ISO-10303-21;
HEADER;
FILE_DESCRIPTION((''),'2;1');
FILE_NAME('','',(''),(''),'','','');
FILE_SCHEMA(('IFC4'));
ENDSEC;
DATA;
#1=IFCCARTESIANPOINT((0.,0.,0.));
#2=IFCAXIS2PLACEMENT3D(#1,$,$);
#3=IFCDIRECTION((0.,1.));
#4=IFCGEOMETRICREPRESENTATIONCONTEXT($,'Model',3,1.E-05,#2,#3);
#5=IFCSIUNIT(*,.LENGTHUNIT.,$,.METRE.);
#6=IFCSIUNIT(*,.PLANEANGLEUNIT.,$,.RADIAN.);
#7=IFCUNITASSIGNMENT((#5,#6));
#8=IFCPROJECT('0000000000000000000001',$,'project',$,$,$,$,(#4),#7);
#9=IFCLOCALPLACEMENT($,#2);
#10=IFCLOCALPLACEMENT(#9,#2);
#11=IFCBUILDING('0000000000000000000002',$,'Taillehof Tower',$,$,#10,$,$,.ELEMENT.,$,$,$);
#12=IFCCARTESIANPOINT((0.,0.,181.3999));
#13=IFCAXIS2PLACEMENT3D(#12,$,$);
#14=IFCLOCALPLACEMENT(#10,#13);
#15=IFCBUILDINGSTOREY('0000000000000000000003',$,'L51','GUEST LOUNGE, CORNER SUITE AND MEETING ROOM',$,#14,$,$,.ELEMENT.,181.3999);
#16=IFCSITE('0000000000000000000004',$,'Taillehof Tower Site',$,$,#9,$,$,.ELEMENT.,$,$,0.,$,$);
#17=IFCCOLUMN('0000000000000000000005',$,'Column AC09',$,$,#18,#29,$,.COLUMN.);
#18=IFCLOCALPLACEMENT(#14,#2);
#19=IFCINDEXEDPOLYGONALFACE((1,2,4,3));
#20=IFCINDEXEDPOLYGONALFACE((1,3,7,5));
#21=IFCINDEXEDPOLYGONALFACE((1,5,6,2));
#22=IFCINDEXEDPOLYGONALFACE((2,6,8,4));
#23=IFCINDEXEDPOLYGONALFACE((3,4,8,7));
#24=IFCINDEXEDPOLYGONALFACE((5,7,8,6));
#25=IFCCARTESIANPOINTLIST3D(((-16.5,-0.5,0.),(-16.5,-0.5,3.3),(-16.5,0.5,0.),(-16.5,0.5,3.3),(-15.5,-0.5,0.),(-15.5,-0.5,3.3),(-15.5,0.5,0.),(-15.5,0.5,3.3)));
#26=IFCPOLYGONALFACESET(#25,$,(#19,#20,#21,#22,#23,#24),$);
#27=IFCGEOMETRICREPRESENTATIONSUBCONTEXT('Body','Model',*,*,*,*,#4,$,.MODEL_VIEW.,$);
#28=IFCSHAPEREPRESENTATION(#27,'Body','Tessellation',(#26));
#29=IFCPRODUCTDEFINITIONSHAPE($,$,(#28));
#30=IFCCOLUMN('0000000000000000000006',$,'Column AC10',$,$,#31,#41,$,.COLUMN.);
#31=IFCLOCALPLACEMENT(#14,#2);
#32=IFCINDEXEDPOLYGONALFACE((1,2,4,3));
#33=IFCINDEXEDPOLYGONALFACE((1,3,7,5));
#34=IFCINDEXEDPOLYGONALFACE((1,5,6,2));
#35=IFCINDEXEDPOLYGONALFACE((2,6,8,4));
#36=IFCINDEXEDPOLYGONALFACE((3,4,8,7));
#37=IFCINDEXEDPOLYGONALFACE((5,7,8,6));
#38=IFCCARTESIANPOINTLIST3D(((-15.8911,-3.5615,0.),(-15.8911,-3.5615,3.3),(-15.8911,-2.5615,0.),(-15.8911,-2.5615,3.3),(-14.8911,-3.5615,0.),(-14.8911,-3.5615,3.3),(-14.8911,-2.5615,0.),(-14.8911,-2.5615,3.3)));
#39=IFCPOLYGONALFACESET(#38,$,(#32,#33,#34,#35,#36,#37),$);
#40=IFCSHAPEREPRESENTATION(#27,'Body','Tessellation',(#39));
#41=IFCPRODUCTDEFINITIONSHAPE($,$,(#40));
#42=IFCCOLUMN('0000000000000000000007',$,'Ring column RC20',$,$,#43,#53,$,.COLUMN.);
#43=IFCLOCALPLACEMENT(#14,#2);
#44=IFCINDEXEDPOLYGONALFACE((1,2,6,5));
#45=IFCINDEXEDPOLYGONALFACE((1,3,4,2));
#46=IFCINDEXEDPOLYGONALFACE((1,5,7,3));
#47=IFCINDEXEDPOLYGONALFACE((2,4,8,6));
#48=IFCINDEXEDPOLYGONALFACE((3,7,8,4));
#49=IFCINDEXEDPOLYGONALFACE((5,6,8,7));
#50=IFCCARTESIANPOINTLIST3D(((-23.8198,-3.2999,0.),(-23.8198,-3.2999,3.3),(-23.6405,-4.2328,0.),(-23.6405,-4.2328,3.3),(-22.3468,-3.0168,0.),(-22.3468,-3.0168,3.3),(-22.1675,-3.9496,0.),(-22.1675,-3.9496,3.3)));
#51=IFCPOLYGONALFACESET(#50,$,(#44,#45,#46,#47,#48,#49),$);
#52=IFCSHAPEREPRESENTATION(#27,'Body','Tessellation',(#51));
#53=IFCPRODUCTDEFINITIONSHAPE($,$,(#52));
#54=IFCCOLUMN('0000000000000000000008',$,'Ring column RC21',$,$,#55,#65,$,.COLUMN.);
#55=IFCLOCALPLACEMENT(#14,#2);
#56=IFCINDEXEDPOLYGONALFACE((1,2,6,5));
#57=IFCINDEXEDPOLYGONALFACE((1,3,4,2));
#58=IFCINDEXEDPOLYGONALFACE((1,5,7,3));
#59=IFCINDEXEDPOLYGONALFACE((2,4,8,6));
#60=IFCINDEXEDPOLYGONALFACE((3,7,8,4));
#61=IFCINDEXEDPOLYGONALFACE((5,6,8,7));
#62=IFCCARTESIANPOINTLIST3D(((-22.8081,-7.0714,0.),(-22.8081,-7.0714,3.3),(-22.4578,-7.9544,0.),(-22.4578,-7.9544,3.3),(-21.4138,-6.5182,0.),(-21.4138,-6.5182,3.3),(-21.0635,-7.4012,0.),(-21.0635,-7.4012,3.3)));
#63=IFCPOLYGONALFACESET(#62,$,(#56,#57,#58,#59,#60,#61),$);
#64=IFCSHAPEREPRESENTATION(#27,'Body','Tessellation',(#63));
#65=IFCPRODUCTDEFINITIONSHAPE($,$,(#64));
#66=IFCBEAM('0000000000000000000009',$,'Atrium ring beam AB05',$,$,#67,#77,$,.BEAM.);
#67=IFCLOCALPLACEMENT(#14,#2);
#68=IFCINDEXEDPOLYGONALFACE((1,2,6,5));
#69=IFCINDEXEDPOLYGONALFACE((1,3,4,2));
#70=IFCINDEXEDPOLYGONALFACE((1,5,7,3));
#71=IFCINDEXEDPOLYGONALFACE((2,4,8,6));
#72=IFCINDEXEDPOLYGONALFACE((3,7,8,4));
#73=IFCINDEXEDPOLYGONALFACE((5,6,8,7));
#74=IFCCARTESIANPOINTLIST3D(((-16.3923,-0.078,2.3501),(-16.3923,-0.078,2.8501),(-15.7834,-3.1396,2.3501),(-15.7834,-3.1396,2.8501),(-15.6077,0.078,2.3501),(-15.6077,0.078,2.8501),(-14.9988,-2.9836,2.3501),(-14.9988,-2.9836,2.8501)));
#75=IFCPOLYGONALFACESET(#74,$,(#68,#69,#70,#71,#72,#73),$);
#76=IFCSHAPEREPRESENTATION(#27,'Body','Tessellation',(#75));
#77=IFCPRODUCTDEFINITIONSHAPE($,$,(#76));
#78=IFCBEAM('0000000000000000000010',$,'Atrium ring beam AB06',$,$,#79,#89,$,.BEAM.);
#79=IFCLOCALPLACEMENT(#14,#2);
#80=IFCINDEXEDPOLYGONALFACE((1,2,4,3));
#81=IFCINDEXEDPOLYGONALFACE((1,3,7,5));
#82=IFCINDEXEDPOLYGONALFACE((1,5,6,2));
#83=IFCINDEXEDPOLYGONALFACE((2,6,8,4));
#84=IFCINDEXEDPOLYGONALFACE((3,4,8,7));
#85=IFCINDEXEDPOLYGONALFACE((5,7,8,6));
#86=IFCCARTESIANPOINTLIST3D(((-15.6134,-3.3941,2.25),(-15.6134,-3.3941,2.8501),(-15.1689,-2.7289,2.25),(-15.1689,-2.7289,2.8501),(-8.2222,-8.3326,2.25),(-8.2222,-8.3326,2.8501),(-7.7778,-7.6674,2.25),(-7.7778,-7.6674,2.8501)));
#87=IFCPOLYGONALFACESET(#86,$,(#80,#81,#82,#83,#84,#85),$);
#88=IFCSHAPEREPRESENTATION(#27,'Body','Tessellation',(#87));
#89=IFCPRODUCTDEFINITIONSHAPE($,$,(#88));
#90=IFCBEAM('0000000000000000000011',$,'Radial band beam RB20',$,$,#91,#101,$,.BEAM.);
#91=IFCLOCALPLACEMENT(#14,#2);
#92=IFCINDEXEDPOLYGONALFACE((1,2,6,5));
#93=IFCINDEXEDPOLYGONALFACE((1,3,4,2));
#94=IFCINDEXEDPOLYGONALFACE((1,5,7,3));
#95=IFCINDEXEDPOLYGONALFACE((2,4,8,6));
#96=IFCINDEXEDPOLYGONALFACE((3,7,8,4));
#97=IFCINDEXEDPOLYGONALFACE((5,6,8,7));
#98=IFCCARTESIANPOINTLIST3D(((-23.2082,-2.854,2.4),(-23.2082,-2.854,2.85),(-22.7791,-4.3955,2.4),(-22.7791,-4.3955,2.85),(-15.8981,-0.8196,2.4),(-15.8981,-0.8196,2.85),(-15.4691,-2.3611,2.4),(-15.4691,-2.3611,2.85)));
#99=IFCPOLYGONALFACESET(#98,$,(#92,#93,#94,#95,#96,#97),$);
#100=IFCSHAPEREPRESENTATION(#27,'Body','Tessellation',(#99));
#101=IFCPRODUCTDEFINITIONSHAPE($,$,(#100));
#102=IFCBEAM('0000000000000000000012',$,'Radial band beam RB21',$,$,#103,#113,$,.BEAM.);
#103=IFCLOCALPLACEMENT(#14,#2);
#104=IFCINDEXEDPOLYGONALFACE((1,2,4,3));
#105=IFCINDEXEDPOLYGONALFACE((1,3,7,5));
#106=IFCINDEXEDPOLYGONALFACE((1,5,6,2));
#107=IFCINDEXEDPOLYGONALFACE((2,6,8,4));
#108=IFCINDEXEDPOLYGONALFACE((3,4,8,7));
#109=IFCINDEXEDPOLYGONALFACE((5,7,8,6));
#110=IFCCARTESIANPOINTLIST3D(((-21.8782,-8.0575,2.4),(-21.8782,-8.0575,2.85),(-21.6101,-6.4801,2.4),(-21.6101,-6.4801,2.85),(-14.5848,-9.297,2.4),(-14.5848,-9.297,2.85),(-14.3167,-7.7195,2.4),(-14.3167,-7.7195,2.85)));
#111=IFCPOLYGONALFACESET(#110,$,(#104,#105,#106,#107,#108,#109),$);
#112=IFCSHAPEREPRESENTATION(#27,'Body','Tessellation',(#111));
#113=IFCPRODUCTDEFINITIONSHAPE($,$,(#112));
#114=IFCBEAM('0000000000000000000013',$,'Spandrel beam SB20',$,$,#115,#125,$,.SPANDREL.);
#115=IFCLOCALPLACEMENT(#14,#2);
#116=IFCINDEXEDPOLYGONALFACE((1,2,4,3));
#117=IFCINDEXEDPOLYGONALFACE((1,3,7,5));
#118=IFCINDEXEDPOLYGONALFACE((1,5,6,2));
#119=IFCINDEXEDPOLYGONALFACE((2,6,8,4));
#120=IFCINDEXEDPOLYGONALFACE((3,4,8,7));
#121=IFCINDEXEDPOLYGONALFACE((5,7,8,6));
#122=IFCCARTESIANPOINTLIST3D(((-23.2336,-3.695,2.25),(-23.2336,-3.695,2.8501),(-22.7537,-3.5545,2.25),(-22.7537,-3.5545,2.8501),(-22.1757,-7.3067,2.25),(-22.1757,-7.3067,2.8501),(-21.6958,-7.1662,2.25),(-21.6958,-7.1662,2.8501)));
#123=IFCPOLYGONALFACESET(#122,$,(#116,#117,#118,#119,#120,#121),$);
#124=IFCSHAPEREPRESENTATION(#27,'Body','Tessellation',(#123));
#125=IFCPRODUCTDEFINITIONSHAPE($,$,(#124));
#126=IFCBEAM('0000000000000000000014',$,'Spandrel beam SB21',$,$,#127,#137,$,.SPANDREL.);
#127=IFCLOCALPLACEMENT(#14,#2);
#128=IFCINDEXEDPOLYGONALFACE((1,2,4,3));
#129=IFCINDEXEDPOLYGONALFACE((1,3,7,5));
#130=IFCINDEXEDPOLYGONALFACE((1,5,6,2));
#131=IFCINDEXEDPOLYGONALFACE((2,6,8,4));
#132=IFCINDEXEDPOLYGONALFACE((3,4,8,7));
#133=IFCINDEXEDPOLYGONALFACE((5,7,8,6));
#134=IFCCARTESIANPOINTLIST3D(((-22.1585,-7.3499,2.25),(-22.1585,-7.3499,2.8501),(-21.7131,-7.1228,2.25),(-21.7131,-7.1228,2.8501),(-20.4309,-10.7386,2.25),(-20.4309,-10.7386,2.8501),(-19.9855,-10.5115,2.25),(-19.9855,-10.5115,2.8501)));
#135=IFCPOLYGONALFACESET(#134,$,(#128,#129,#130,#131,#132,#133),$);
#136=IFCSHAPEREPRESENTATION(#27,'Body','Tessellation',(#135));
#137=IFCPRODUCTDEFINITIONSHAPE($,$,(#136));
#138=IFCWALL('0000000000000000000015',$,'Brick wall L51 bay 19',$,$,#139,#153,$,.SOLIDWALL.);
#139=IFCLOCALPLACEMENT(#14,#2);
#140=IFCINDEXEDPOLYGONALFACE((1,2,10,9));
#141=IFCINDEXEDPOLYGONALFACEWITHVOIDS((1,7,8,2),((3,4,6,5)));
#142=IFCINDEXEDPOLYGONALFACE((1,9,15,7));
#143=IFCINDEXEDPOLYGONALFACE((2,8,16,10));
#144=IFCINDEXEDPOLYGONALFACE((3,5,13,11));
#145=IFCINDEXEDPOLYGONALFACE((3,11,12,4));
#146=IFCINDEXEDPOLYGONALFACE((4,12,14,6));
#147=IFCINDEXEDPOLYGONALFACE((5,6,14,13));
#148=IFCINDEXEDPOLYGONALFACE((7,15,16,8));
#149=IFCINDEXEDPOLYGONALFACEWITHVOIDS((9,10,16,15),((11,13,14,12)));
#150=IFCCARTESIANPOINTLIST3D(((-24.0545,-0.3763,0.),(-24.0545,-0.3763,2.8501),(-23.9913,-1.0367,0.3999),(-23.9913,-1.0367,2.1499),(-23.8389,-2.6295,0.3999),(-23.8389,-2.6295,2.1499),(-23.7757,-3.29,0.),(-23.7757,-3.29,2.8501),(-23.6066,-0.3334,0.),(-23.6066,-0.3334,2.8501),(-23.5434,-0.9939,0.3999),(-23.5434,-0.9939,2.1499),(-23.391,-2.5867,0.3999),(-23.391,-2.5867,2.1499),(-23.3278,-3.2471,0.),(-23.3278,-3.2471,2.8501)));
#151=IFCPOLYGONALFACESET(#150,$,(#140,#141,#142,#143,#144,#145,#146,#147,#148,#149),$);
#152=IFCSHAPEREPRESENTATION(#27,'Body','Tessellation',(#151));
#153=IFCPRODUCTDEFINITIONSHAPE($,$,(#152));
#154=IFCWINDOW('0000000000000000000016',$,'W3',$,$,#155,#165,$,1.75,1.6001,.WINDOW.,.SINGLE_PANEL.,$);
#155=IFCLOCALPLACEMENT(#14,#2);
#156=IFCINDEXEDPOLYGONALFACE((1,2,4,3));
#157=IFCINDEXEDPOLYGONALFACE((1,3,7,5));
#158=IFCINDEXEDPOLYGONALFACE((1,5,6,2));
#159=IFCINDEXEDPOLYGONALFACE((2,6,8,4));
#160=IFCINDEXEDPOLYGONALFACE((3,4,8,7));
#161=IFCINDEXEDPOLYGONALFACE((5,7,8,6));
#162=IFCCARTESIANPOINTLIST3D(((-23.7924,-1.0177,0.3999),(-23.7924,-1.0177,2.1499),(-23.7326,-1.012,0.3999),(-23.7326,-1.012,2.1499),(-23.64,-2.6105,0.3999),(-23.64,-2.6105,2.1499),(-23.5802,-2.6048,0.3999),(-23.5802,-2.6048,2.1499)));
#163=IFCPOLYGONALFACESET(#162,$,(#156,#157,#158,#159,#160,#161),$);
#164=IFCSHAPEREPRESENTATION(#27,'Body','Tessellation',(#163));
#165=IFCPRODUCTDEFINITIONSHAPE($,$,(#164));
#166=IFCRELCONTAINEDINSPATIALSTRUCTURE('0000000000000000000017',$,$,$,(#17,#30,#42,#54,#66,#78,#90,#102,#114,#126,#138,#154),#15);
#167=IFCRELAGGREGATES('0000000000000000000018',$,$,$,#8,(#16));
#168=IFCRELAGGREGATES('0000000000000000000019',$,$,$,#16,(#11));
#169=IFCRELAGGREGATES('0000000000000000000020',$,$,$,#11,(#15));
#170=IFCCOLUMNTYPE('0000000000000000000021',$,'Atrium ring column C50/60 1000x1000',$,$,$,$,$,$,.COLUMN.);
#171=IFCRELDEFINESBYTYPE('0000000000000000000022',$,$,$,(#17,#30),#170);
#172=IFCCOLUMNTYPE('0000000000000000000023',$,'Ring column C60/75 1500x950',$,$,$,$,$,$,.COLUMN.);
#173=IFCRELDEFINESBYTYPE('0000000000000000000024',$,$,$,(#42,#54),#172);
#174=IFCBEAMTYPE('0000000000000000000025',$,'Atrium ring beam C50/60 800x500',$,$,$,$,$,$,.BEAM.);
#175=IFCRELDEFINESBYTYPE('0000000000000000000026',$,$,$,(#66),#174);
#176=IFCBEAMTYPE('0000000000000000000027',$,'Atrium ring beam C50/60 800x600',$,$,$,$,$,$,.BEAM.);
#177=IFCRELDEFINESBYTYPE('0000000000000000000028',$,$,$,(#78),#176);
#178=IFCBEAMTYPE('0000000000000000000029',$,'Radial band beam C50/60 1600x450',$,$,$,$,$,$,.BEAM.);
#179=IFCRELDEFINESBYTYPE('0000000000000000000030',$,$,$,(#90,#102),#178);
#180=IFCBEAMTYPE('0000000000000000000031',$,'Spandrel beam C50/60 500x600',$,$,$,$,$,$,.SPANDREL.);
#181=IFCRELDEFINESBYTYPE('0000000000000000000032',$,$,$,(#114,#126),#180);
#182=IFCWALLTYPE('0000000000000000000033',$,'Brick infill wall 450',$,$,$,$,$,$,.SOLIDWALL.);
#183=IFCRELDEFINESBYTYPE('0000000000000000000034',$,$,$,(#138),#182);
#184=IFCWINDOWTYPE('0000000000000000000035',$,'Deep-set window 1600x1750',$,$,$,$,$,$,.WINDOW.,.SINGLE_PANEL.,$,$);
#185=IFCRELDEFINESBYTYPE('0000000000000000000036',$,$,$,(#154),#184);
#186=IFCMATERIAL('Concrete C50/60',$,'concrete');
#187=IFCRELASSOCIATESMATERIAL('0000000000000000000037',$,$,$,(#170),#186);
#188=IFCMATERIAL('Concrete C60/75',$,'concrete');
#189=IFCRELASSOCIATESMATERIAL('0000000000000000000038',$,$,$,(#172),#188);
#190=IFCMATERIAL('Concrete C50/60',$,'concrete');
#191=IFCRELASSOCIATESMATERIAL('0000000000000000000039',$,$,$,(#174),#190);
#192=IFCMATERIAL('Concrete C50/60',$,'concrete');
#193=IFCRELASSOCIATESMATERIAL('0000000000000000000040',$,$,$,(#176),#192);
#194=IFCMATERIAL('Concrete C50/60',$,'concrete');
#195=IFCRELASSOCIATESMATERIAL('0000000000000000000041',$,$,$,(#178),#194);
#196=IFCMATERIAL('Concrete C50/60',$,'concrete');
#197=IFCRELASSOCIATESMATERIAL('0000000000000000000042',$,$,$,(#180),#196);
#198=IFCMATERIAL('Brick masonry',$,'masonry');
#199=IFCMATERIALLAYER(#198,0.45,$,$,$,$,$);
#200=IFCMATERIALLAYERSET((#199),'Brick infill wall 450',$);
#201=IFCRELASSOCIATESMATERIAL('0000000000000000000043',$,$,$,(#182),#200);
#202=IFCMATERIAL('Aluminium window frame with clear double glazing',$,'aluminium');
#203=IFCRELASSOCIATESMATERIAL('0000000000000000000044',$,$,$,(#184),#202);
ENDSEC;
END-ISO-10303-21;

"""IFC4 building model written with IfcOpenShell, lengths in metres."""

from ifc_helpers import new_model, si_unit, direction, frame, frame_2d, origin, origin_2d, place, context, subcontext, project, spatial, rectangle, extrude, material, layer, layer_set, material_profile, profile_set, type_object, element, fill, save


model = new_model("IFC4")

# Units and contexts
model_context = context("Model", 3, precision=1e-05, world=origin(), true_north=direction((0.0, 1.0)))
body_context = subcontext(model_context, "Body", "Model", "MODEL_VIEW")
ifc_project = project(units=[si_unit("LENGTHUNIT", "METRE"), si_unit("PLANEANGLEUNIT", "RADIAN")], contexts=[model_context])

# Site, building, storey
site_placement = place(None, origin())
site = spatial("IfcSite", under=ifc_project, at=site_placement, Name="Taillehof Tower Site", CompositionType="ELEMENT", RefElevation=0.0)
building_placement = place(site_placement, origin())
building = spatial("IfcBuilding", under=site, at=building_placement, Name="Taillehof Tower", CompositionType="ELEMENT")
storey_placement = place(building_placement, frame((0.0, 0.0, 181.3999)))
storey = spatial("IfcBuildingStorey", under=building, at=storey_placement, Name="L51", Description="GUEST LOUNGE, CORNER SUITE AND MEETING ROOM", CompositionType="ELEMENT", Elevation=181.3999)

# Columns
ifc_material_1 = material(Name="Concrete C50/60", Category="concrete")
ifc_material_profile_1 = material_profile(ifc_material_1, rectangle(XDim=1.0, YDim=1.0, at=origin_2d()), Name="RC 1000x1000")
ifc_profile_set_1 = profile_set([ifc_material_profile_1], Name="Concrete C50/60")
column_type_1 = type_object("IfcColumnType", Name="Atrium ring column C50/60 1000x1000", PredefinedType="COLUMN", material=ifc_profile_set_1)
for number, where, z_axis, x_axis, name in (
    (1, (-16.0, 0.0, 0.0), (0.0, 0.0, 1.0), (1.0, 0.0, 0.0), "Column AC09"),
    (2, (-15.3911, -3.0615, 0.0), (0.0, 0.0, 1.0), (1.0, 0.0, 0.0), "Column AC10"),
):
    element("IfcColumn", number, at=place(storey_placement, frame(where, z_axis=z_axis, x_axis=x_axis)), inside=storey, type_object=column_type_1, Name=name, PredefinedType="COLUMN", context=body_context, shape_type="SweptSolid", body=[
        extrude(rectangle(XDim=1.0, YDim=1.0, at=origin_2d()), origin(), (0.0, 0.0, 1.0), 3.3),
    ])
ifc_material_2 = material(Name="Concrete C60/75", Category="concrete")
ifc_material_profile_2 = material_profile(ifc_material_2, rectangle(XDim=1.5, YDim=0.95, at=origin_2d()), Name="RC 1500x950")
ifc_profile_set_2 = profile_set([ifc_material_profile_2], Name="Concrete C60/75")
column_type_2 = type_object("IfcColumnType", Name="Ring column C60/75 1500x950", PredefinedType="COLUMN", material=ifc_profile_set_2)
for number, where, z_axis, x_axis, name in (
    (3, (-22.9937, -3.6248, 0.0), (0.0, 0.0, 1.0), (-0.982024, -0.188757, 0.0), "Ring column RC20"),
    (4, (-21.9358, -7.2363, 0.0), (0.0, 0.0, 1.0), (-0.929511, -0.368793, 0.0), "Ring column RC21"),
):
    element("IfcColumn", number, at=place(storey_placement, frame(where, z_axis=z_axis, x_axis=x_axis)), inside=storey, type_object=column_type_2, Name=name, PredefinedType="COLUMN", context=body_context, shape_type="SweptSolid", body=[
        extrude(rectangle(XDim=1.5, YDim=0.95, at=origin_2d()), origin(), (0.0, 0.0, 1.0), 3.3),
    ])

# Beams
ifc_material_3 = material(Name="Concrete C50/60", Category="concrete")
ifc_material_profile_3 = material_profile(ifc_material_3, rectangle(XDim=0.8, YDim=0.5, at=origin_2d()), Name="RC 800x500")
ifc_profile_set_3 = profile_set([ifc_material_profile_3], Name="Concrete C50/60")
beam_type_1 = type_object("IfcBeamType", Name="Atrium ring beam C50/60 800x500", PredefinedType="BEAM", material=ifc_profile_set_3)
beam_1_placement = place(storey_placement, frame((-16.0, 0.0, 2.6001), z_axis=(0.195063, -0.980791, 0.0), x_axis=(0.980791, 0.195063, 0.0)))
element("IfcBeam", 5, at=beam_1_placement, inside=storey, type_object=beam_type_1, Name="Atrium ring beam AB05", PredefinedType="BEAM", context=body_context, shape_type="SweptSolid", body=[
    extrude(rectangle(XDim=0.8, YDim=0.5, at=origin_2d()), origin(), (0.0, 0.0, 1.0), 3.1216),
])
ifc_material_4 = material(Name="Concrete C50/60", Category="concrete")
ifc_material_profile_4 = material_profile(ifc_material_4, rectangle(XDim=0.8, YDim=0.6001, at=origin_2d()), Name="RC 800x600")
ifc_profile_set_4 = profile_set([ifc_material_profile_4], Name="Concrete C50/60")
beam_type_2 = type_object("IfcBeamType", Name="Atrium ring beam C50/60 800x600", PredefinedType="BEAM", material=ifc_profile_set_4)
beam_2_placement = place(storey_placement, frame((-15.3911, -3.0615, 2.55), z_axis=(0.831475, -0.555562, 0.0), x_axis=(0.555562, 0.831475, 0.0)))
element("IfcBeam", 6, at=beam_2_placement, inside=storey, type_object=beam_type_2, Name="Atrium ring beam AB06", PredefinedType="BEAM", context=body_context, shape_type="SweptSolid", body=[
    extrude(rectangle(XDim=0.8, YDim=0.6001, at=origin_2d()), origin(), (0.0, 0.0, 1.0), 8.8892),
])
ifc_material_5 = material(Name="Concrete C50/60", Category="concrete")
ifc_material_profile_5 = material_profile(ifc_material_5, rectangle(XDim=1.6001, YDim=0.45, at=origin_2d()), Name="RC 1600x450")
ifc_profile_set_5 = profile_set([ifc_material_profile_5], Name="Concrete C50/60")
beam_type_3 = type_object("IfcBeamType", Name="Radial band beam C50/60 1600x450", PredefinedType="BEAM", material=ifc_profile_set_5)
beam_3_placement = place(storey_placement, frame((-22.9937, -3.6248, 2.625), z_axis=(0.963387, 0.268115, 0.0), x_axis=(-0.268115, 0.963387, 0.0)))
element("IfcBeam", 7, at=beam_3_placement, inside=storey, type_object=beam_type_3, Name="Radial band beam RB20", PredefinedType="BEAM", context=body_context, shape_type="SweptSolid", body=[
    extrude(rectangle(XDim=1.6001, YDim=0.45, at=origin_2d()), origin(), (0.0, 0.0, 1.0), 7.5879),
])
beam_4_placement = place(storey_placement, frame((-21.7441, -7.2688, 2.625), z_axis=(0.985864, -0.167545, 0.0), x_axis=(0.167545, 0.985864, 0.0)))
element("IfcBeam", 8, at=beam_4_placement, inside=storey, type_object=beam_type_3, Name="Radial band beam RB21", PredefinedType="BEAM", context=body_context, shape_type="SweptSolid", body=[
    extrude(rectangle(XDim=1.6001, YDim=0.45, at=origin_2d()), origin(), (0.0, 0.0, 1.0), 7.3979),
])
ifc_material_6 = material(Name="Concrete C50/60", Category="concrete")
ifc_material_profile_6 = material_profile(ifc_material_6, rectangle(XDim=0.5, YDim=0.6001, at=origin_2d()), Name="RC 500x600")
ifc_profile_set_6 = profile_set([ifc_material_profile_6], Name="Concrete C50/60")
beam_type_4 = type_object("IfcBeamType", Name="Spandrel beam C50/60 500x600", PredefinedType="SPANDREL", material=ifc_profile_set_6)
beam_5_placement = place(storey_placement, frame((-22.9937, -3.6248, 2.55), z_axis=(0.281098, -0.959679, 0.0), x_axis=(0.959679, 0.281098, 0.0)))
element("IfcBeam", 9, at=beam_5_placement, inside=storey, type_object=beam_type_4, Name="Spandrel beam SB20", PredefinedType="SPANDREL", context=body_context, shape_type="SweptSolid", body=[
    extrude(rectangle(XDim=0.5, YDim=0.6001, at=origin_2d()), origin(), (0.0, 0.0, 1.0), 3.7634),
])
beam_6_placement = place(storey_placement, frame((-21.9358, -7.2363, 2.55), z_axis=(0.454183, -0.890908, 0.0), x_axis=(0.890908, 0.454183, 0.0)))
element("IfcBeam", 10, at=beam_6_placement, inside=storey, type_object=beam_type_4, Name="Spandrel beam SB21", PredefinedType="SPANDREL", context=body_context, shape_type="SweptSolid", body=[
    extrude(rectangle(XDim=0.5, YDim=0.6001, at=origin_2d()), origin(), (0.0, 0.0, 1.0), 3.8037),
])

# Wall, opening, window
ifc_material_7 = material(Name="Brick masonry", Category="masonry")
ifc_layer_1 = layer(ifc_material_7, 0.45)
ifc_layer_set_1 = layer_set([ifc_layer_1], Name="Brick infill wall 450")
wall_type_1 = type_object("IfcWallType", Name="Brick infill wall 450", PredefinedType="SOLIDWALL", material=ifc_layer_set_1)
wall_1_placement = place(storey_placement, frame((-23.8306, -0.355, 0.0), z_axis=(0.0, 0.0, 1.0), x_axis=(0.095258, -0.995453, 0.0)))
wall_1 = element("IfcWall", 11, at=wall_1_placement, inside=storey, type_object=wall_type_1, Name="Brick wall L51 bay 19", PredefinedType="SOLIDWALL", context=body_context, shape_type="SweptSolid", body=[
    extrude(rectangle(XDim=2.927, YDim=0.45, at=frame_2d((1.4634, 0.0))), origin(), (0.0, 0.0, 1.0), 2.8501),
])
opening_1_placement = place(wall_1_placement, frame((0.6633, 0.0, 0.3999)))
opening_1 = element("IfcOpeningElement", 12, at=opening_1_placement, cuts=wall_1, PredefinedType="OPENING", context=body_context, shape_type="SweptSolid", body=[
    extrude(rectangle(XDim=1.6001, YDim=1.75, at=frame_2d((0.8, 0.875))), frame((0.0, 0.2349, 0.0), z_axis=(0.0, -1.0, 0.0), x_axis=(1.0, 0.0, 0.0)), (0.0, 0.0, 1.0), 0.47),
])
ifc_material_8 = material(Name="Aluminium window frame with clear double glazing", Category="aluminium")
window_type_1 = type_object("IfcWindowType", Name="Deep-set window 1600x1750", PartitioningType="SINGLE_PANEL", PredefinedType="WINDOW", material=ifc_material_8)
window_1_placement = place(opening_1_placement, origin())
window_1 = element("IfcWindow", 13, at=window_1_placement, inside=storey, type_object=window_type_1, Name="W3", OverallHeight=1.75, OverallWidth=1.6001, PartitioningType="SINGLE_PANEL", PredefinedType="WINDOW", context=body_context, shape_type="SweptSolid", body=[
    extrude(rectangle(XDim=1.6001, YDim=1.75, at=frame_2d((0.8, 0.875))), frame((0.0, 0.0349, 0.0), z_axis=(0.0, -1.0, 0.0), x_axis=(1.0, 0.0, 0.0)), (0.0, 0.0, 1.0), 0.0601),
])
fill(opening_1, window_1)

save(model, "model.ifc")
